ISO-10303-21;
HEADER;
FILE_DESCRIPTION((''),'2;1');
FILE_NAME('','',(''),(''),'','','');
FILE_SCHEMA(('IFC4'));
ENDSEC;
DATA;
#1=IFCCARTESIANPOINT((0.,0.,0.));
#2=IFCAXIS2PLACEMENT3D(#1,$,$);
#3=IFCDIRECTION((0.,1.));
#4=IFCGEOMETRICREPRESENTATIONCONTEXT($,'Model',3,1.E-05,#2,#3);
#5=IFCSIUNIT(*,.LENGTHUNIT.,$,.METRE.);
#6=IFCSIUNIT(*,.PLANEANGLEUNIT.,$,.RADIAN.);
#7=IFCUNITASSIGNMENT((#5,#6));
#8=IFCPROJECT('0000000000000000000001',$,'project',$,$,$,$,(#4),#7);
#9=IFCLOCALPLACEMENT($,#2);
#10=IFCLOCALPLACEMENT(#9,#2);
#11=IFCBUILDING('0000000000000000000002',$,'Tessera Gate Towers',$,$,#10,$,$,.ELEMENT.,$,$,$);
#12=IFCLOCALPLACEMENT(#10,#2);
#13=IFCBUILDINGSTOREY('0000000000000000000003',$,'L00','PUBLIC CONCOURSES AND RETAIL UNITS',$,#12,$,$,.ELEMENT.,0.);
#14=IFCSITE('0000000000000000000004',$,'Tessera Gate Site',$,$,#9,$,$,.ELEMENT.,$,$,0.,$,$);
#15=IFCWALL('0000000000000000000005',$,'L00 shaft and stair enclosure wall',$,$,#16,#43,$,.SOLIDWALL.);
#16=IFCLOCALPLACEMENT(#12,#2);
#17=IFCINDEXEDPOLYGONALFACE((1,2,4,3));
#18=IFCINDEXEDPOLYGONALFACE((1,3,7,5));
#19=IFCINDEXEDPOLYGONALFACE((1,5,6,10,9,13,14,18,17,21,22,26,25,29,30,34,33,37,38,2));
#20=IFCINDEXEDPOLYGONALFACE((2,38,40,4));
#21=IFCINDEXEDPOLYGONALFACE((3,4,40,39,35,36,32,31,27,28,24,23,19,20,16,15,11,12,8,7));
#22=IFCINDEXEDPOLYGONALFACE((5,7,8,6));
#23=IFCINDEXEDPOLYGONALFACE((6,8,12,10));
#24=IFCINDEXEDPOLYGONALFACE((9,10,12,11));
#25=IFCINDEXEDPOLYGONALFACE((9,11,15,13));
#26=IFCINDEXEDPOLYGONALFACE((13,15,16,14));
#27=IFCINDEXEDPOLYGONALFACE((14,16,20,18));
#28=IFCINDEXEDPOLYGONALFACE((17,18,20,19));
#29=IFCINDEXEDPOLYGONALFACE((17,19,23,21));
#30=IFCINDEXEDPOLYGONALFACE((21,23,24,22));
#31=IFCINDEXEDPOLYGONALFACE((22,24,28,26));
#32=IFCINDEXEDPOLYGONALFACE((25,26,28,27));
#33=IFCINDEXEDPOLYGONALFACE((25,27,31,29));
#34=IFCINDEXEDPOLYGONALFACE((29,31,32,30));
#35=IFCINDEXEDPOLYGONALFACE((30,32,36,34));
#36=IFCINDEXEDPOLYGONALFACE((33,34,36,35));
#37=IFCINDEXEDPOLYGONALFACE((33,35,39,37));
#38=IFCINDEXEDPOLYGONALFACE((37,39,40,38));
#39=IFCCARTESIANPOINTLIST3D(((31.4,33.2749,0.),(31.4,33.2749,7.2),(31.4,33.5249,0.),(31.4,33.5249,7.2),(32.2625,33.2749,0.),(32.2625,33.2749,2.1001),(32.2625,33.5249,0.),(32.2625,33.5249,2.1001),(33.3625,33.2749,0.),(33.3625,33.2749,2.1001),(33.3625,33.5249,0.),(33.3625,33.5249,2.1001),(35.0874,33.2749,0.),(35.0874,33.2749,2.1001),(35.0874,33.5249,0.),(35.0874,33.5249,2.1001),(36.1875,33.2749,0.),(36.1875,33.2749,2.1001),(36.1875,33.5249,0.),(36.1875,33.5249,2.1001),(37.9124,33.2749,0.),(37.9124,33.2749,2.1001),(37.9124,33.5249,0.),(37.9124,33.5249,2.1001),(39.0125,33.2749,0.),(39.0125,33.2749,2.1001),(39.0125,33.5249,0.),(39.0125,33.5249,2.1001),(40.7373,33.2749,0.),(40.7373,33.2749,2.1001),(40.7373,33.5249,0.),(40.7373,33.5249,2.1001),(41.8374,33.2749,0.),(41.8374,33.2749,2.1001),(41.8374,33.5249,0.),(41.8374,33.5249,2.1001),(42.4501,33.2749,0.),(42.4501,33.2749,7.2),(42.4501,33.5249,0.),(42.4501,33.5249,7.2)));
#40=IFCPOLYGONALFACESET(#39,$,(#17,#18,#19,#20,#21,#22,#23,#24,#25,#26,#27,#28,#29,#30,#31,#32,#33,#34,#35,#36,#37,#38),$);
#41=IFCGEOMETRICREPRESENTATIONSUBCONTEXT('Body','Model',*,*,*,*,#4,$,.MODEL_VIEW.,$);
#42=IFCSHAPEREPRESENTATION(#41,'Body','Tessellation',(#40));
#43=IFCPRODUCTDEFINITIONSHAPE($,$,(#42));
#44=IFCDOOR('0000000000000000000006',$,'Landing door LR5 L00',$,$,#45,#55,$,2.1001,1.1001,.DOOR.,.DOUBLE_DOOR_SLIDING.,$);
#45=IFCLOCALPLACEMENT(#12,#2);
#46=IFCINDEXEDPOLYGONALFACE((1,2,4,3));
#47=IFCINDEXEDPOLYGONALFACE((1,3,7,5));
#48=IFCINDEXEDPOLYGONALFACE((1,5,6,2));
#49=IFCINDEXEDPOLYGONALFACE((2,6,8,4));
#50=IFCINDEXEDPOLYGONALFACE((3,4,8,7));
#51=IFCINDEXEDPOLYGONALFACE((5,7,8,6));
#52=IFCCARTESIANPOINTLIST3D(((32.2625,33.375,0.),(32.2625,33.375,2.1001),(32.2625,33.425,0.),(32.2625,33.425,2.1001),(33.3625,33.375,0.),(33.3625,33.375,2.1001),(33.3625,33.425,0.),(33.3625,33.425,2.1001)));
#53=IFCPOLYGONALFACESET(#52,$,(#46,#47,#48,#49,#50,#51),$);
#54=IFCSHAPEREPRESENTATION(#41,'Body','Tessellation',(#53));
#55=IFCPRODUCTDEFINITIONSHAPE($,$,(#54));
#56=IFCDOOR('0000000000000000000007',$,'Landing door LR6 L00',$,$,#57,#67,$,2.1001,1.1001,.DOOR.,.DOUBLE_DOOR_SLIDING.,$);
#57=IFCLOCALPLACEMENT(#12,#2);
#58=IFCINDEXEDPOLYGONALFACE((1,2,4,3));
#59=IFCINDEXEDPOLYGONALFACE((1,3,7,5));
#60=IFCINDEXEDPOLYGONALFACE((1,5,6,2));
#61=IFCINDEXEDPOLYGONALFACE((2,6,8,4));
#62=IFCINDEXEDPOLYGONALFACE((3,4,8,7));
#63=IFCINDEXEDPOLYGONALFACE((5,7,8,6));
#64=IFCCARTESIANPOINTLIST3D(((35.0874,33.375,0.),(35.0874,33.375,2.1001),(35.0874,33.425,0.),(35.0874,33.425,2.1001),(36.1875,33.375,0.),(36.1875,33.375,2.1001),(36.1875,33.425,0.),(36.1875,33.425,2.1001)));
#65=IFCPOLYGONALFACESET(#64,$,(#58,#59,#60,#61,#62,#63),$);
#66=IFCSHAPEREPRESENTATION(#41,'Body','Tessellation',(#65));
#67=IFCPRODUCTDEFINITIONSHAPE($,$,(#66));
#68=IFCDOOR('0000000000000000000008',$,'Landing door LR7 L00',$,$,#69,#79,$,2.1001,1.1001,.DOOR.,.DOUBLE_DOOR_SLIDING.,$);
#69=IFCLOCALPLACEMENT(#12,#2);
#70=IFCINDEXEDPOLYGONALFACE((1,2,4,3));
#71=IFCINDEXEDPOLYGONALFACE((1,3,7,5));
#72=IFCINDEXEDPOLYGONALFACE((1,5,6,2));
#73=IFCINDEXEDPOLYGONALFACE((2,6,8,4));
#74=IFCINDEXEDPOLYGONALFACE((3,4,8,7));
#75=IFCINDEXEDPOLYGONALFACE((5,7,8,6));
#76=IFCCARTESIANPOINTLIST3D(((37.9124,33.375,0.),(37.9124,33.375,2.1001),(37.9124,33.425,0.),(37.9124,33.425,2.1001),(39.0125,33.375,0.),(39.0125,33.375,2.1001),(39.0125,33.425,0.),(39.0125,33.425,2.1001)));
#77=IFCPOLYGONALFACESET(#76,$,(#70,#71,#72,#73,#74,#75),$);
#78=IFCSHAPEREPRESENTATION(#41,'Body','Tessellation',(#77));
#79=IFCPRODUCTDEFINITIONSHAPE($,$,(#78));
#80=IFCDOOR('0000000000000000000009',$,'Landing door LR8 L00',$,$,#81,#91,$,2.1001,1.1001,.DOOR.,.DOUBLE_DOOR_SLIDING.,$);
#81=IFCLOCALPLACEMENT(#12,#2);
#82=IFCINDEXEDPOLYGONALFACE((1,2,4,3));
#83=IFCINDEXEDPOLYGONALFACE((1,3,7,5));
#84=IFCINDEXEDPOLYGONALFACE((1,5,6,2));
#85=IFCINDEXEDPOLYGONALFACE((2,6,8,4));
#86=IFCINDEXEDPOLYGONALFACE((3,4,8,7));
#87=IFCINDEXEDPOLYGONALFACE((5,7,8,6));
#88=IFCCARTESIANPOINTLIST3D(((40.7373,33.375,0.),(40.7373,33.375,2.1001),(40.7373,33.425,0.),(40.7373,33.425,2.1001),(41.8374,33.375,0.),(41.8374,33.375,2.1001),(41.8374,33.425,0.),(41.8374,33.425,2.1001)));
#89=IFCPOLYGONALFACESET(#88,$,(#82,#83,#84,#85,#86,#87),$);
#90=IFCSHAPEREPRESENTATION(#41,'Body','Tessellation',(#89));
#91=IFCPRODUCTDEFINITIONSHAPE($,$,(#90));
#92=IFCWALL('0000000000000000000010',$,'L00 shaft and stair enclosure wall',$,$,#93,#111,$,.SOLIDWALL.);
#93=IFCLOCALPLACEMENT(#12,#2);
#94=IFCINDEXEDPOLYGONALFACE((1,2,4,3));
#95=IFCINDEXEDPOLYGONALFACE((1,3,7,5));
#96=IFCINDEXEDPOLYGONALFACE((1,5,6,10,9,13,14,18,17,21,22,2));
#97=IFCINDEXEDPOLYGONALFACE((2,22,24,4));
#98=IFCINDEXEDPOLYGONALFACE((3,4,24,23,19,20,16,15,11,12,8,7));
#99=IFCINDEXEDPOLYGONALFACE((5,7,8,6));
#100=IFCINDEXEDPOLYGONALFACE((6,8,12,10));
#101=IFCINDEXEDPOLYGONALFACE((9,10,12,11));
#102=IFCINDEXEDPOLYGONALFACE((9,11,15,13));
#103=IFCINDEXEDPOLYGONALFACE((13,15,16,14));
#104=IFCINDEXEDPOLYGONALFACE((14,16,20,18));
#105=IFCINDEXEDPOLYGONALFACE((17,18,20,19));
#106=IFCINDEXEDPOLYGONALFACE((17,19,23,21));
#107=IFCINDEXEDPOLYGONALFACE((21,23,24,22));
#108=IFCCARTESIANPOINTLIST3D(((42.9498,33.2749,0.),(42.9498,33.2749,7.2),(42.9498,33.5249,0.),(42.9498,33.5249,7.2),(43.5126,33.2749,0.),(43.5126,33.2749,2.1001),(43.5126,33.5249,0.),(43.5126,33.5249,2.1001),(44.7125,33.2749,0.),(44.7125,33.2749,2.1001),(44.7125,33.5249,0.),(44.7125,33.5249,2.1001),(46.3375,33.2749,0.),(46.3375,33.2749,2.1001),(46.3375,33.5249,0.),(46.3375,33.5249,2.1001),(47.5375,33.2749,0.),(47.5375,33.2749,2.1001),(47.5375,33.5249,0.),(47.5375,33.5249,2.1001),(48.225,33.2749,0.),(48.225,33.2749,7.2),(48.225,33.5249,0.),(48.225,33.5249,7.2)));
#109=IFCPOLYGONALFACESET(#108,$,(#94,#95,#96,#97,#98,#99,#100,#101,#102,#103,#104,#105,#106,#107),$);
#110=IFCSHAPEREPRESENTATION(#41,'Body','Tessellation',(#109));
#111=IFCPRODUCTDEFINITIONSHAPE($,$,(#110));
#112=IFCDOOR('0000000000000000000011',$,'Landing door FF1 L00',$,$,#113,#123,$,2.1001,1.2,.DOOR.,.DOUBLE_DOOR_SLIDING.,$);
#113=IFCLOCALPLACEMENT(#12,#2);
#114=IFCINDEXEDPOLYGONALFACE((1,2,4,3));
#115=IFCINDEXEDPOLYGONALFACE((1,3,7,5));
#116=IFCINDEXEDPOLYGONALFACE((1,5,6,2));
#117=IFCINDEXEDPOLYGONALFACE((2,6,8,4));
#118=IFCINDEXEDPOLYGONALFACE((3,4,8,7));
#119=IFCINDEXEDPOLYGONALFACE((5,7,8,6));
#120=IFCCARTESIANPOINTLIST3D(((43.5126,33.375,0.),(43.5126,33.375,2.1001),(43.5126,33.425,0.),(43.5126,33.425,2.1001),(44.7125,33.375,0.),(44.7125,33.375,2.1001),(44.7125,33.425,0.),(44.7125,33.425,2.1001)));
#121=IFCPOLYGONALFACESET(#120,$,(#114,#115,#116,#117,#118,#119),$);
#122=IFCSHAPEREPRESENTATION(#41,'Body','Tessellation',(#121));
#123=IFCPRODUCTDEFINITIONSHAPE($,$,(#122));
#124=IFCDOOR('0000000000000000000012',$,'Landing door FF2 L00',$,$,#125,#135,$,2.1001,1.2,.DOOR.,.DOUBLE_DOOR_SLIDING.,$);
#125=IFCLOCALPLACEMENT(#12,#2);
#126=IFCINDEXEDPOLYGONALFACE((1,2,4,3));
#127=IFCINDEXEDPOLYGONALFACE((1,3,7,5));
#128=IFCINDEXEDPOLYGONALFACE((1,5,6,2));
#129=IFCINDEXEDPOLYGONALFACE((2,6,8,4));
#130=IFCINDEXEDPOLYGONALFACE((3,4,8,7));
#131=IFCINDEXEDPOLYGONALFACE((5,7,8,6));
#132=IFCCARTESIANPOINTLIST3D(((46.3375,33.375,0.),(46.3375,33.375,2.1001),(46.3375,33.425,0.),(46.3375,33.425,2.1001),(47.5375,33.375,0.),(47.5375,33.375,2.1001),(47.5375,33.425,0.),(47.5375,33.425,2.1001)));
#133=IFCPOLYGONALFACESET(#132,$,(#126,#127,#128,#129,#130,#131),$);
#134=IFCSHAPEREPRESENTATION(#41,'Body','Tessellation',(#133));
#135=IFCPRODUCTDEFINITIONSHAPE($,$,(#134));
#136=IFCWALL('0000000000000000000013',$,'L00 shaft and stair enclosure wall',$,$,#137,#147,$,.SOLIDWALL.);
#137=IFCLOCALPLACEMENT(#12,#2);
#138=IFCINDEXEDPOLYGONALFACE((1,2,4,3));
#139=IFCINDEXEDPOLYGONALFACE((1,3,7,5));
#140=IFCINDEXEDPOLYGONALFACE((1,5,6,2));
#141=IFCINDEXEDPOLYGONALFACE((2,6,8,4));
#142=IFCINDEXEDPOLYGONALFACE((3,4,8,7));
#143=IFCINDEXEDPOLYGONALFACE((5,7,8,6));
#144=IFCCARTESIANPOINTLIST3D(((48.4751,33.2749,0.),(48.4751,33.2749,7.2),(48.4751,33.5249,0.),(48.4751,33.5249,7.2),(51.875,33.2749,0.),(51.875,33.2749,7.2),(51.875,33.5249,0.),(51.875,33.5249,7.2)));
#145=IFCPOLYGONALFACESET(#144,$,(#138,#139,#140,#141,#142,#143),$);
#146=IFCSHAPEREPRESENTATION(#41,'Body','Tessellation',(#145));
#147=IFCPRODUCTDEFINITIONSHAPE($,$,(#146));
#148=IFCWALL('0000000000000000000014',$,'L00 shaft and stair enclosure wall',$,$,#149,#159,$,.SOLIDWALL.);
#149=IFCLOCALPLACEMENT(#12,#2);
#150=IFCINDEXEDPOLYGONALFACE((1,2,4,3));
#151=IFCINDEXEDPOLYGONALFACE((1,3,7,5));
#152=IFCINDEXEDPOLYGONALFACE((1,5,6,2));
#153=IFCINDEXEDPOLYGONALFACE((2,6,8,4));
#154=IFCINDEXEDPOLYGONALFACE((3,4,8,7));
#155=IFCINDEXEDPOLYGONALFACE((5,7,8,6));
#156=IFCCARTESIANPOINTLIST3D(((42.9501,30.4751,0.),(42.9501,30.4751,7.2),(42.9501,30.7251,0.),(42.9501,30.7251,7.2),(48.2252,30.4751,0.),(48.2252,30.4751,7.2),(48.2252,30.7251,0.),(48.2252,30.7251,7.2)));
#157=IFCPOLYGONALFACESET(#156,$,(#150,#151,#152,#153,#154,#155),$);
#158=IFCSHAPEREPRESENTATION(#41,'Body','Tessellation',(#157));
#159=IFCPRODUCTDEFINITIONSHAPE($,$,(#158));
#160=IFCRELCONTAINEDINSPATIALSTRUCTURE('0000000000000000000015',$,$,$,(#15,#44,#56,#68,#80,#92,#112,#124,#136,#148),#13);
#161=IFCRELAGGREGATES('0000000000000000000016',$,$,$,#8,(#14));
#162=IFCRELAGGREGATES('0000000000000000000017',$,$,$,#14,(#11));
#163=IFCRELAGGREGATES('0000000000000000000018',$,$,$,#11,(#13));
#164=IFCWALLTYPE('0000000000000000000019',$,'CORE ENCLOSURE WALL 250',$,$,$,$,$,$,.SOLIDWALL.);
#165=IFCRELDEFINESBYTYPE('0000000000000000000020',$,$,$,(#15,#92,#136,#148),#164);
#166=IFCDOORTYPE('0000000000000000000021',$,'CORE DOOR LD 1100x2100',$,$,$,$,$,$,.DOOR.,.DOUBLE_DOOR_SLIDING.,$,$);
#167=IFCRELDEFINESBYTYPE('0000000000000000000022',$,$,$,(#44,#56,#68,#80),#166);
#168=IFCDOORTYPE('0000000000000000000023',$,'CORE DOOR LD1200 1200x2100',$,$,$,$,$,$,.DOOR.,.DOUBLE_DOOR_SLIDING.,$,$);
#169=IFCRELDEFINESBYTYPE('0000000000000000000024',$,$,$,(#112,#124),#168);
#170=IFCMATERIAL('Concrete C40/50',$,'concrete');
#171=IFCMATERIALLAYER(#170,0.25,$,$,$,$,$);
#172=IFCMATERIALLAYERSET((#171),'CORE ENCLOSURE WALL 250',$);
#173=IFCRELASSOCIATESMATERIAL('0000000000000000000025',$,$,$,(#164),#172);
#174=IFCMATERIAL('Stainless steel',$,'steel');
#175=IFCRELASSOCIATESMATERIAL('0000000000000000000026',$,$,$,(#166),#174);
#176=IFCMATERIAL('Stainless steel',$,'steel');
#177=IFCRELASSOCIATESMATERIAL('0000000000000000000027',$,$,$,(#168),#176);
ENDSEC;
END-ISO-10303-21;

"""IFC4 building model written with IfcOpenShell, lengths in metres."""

from ifc_helpers import new_model, si_unit, direction, frame, frame_2d, origin, place, context, subcontext, project, spatial, rectangle, extrude, source, transform, mapped, material, layer, layer_set, type_object, element, fill, save


model = new_model("IFC4")

# Units and contexts
model_context = context("Model", 3, precision=1e-05, world=origin(), true_north=direction((0.0, 1.0)))
body_context = subcontext(model_context, "Body", "Model", "MODEL_VIEW")
ifc_project = project(units=[si_unit("LENGTHUNIT", "METRE"), si_unit("PLANEANGLEUNIT", "RADIAN")], contexts=[model_context])

# Site, building, storey
site_placement = place(None, origin())
site = spatial("IfcSite", under=ifc_project, at=site_placement, Name="Tessera Gate Site", CompositionType="ELEMENT", RefElevation=0.0)
building_placement = place(site_placement, origin())
building = spatial("IfcBuilding", under=site, at=building_placement, Name="Tessera Gate Towers", CompositionType="ELEMENT")
storey_placement = place(building_placement, origin())
storey = spatial("IfcBuildingStorey", under=building, at=storey_placement, Name="L00", Description="PUBLIC CONCOURSES AND RETAIL UNITS", CompositionType="ELEMENT", Elevation=0.0)

# Walls, openings, doors
ifc_material_1 = material(Name="Concrete C40/50", Category="concrete")
ifc_layer = layer(ifc_material_1, 0.25)
ifc_layer_set = layer_set([ifc_layer], Name="CORE ENCLOSURE WALL 250")
wall_type = type_object("IfcWallType", Name="CORE ENCLOSURE WALL 250", PredefinedType="SOLIDWALL", material=ifc_layer_set)
wall_1_placement = place(storey_placement, frame((42.45, 33.3999, 0.0), z_axis=(0.0, 0.0, 1.0), x_axis=(-1.0, 0.0, 0.0)))
wall_1 = element("IfcWall", 1, at=wall_1_placement, inside=storey, type_object=wall_type, Name="L00 shaft and stair enclosure wall", PredefinedType="SOLIDWALL", context=body_context, shape_type="SweptSolid", body=[
    extrude(rectangle(XDim=11.05, YDim=0.25, at=frame_2d((5.5249, 0.0))), origin(), (0.0, 0.0, 1.0), 7.2),
])
shared_shape_1 = source(origin(), body_context, "Body", "SweptSolid", [
    extrude(rectangle(XDim=1.1001, YDim=2.1001, at=frame_2d((0.55, 1.05))), frame((0.0, 0.135, 0.0), z_axis=(0.0, -1.0, 0.0), x_axis=(1.0, 0.0, 0.0)), (0.0, 0.0, 1.0), 0.27),
])
opening_1_placement = place(wall_1_placement, frame((9.0874, 0.0, 0.0)))
opening_1 = element("IfcOpeningElement", 2, at=opening_1_placement, cuts=wall_1, PredefinedType="OPENING", context=body_context, shape_type="MappedRepresentation", body=[
    mapped(shared_shape_1, transform((0.0, 0.0, 0.0), scale=1.0)),
])
opening_2_placement = place(wall_1_placement, frame((6.2625, 0.0, 0.0)))
opening_2 = element("IfcOpeningElement", 3, at=opening_2_placement, cuts=wall_1, PredefinedType="OPENING", context=body_context, shape_type="MappedRepresentation", body=[
    mapped(shared_shape_1, transform((0.0, 0.0, 0.0), scale=1.0)),
])
opening_3_placement = place(wall_1_placement, frame((3.4375, 0.0, 0.0)))
opening_3 = element("IfcOpeningElement", 4, at=opening_3_placement, cuts=wall_1, PredefinedType="OPENING", context=body_context, shape_type="MappedRepresentation", body=[
    mapped(shared_shape_1, transform((0.0, 0.0, 0.0), scale=1.0)),
])
opening_4_placement = place(wall_1_placement, frame((0.6125, 0.0, 0.0)))
opening_4 = element("IfcOpeningElement", 5, at=opening_4_placement, cuts=wall_1, PredefinedType="OPENING", context=body_context, shape_type="MappedRepresentation", body=[
    mapped(shared_shape_1, transform((0.0, 0.0, 0.0), scale=1.0)),
])
ifc_material_2 = material(Name="Stainless steel", Category="steel")
door_type_1 = type_object("IfcDoorType", Name="CORE DOOR LD 1100x2100", OperationType="DOUBLE_DOOR_SLIDING", PredefinedType="DOOR", material=ifc_material_2)
shared_shape_2 = source(origin(), body_context, "Body", "SweptSolid", [
    extrude(rectangle(XDim=1.1001, YDim=2.1001, at=frame_2d((0.55, 1.05))), frame((0.0, 0.0249, 0.0), z_axis=(0.0, -1.0, 0.0), x_axis=(1.0, 0.0, 0.0)), (0.0, 0.0, 1.0), 0.05),
])
door_1_placement = place(opening_1_placement, origin())
door_1 = element("IfcDoor", 6, at=door_1_placement, inside=storey, type_object=door_type_1, Name="Landing door LR5 L00", OperationType="DOUBLE_DOOR_SLIDING", OverallHeight=2.1001, OverallWidth=1.1001, PredefinedType="DOOR", context=body_context, shape_type="MappedRepresentation", body=[
    mapped(shared_shape_2, transform((0.0, 0.0, 0.0), scale=1.0)),
])
fill(opening_1, door_1)
door_2_placement = place(opening_2_placement, origin())
door_2 = element("IfcDoor", 7, at=door_2_placement, inside=storey, type_object=door_type_1, Name="Landing door LR6 L00", OperationType="DOUBLE_DOOR_SLIDING", OverallHeight=2.1001, OverallWidth=1.1001, PredefinedType="DOOR", context=body_context, shape_type="MappedRepresentation", body=[
    mapped(shared_shape_2, transform((0.0, 0.0, 0.0), scale=1.0)),
])
fill(opening_2, door_2)
door_3_placement = place(opening_3_placement, origin())
door_3 = element("IfcDoor", 8, at=door_3_placement, inside=storey, type_object=door_type_1, Name="Landing door LR7 L00", OperationType="DOUBLE_DOOR_SLIDING", OverallHeight=2.1001, OverallWidth=1.1001, PredefinedType="DOOR", context=body_context, shape_type="MappedRepresentation", body=[
    mapped(shared_shape_2, transform((0.0, 0.0, 0.0), scale=1.0)),
])
fill(opening_3, door_3)
door_4_placement = place(opening_4_placement, origin())
door_4 = element("IfcDoor", 9, at=door_4_placement, inside=storey, type_object=door_type_1, Name="Landing door LR8 L00", OperationType="DOUBLE_DOOR_SLIDING", OverallHeight=2.1001, OverallWidth=1.1001, PredefinedType="DOOR", context=body_context, shape_type="MappedRepresentation", body=[
    mapped(shared_shape_2, transform((0.0, 0.0, 0.0), scale=1.0)),
])
fill(opening_4, door_4)
wall_2_placement = place(storey_placement, frame((48.2251, 33.3999, 0.0), z_axis=(0.0, 0.0, 1.0), x_axis=(-1.0, 0.0, 0.0)))
wall_2 = element("IfcWall", 10, at=wall_2_placement, inside=storey, type_object=wall_type, Name="L00 shaft and stair enclosure wall", PredefinedType="SOLIDWALL", context=body_context, shape_type="SweptSolid", body=[
    extrude(rectangle(XDim=5.2751, YDim=0.25, at=frame_2d((2.6377, 0.0))), origin(), (0.0, 0.0, 1.0), 7.2),
])
shared_shape_3 = source(origin(), body_context, "Body", "SweptSolid", [
    extrude(rectangle(XDim=1.2, YDim=2.1001, at=frame_2d((0.6001, 1.05))), frame((0.0, 0.135, 0.0), z_axis=(0.0, -1.0, 0.0), x_axis=(1.0, 0.0, 0.0)), (0.0, 0.0, 1.0), 0.27),
])
opening_5_placement = place(wall_2_placement, frame((3.5125, 0.0, 0.0)))
opening_5 = element("IfcOpeningElement", 11, at=opening_5_placement, cuts=wall_2, PredefinedType="OPENING", context=body_context, shape_type="MappedRepresentation", body=[
    mapped(shared_shape_3, transform((0.0, 0.0, 0.0), scale=1.0)),
])
opening_6_placement = place(wall_2_placement, frame((0.6875, 0.0, 0.0)))
opening_6 = element("IfcOpeningElement", 12, at=opening_6_placement, cuts=wall_2, PredefinedType="OPENING", context=body_context, shape_type="MappedRepresentation", body=[
    mapped(shared_shape_3, transform((0.0, 0.0, 0.0), scale=1.0)),
])
ifc_material_3 = material(Name="Stainless steel", Category="steel")
door_type_2 = type_object("IfcDoorType", Name="CORE DOOR LD1200 1200x2100", OperationType="DOUBLE_DOOR_SLIDING", PredefinedType="DOOR", material=ifc_material_3)
shared_shape_4 = source(origin(), body_context, "Body", "SweptSolid", [
    extrude(rectangle(XDim=1.2, YDim=2.1001, at=frame_2d((0.6001, 1.05))), frame((0.0, 0.0249, 0.0), z_axis=(0.0, -1.0, 0.0), x_axis=(1.0, 0.0, 0.0)), (0.0, 0.0, 1.0), 0.05),
])
door_5_placement = place(opening_5_placement, origin())
door_5 = element("IfcDoor", 13, at=door_5_placement, inside=storey, type_object=door_type_2, Name="Landing door FF1 L00", OperationType="DOUBLE_DOOR_SLIDING", OverallHeight=2.1001, OverallWidth=1.2, PredefinedType="DOOR", context=body_context, shape_type="MappedRepresentation", body=[
    mapped(shared_shape_4, transform((0.0, 0.0, 0.0), scale=1.0)),
])
fill(opening_5, door_5)
door_6_placement = place(opening_6_placement, origin())
door_6 = element("IfcDoor", 14, at=door_6_placement, inside=storey, type_object=door_type_2, Name="Landing door FF2 L00", OperationType="DOUBLE_DOOR_SLIDING", OverallHeight=2.1001, OverallWidth=1.2, PredefinedType="DOOR", context=body_context, shape_type="MappedRepresentation", body=[
    mapped(shared_shape_4, transform((0.0, 0.0, 0.0), scale=1.0)),
])
fill(opening_6, door_6)

# Walls
wall_3_placement = place(storey_placement, frame((48.4751, 33.3999, 0.0), z_axis=(0.0, 0.0, 1.0), x_axis=(1.0, 0.0, 0.0)))
element("IfcWall", 15, at=wall_3_placement, inside=storey, type_object=wall_type, Name="L00 shaft and stair enclosure wall", PredefinedType="SOLIDWALL", context=body_context, shape_type="SweptSolid", body=[
    extrude(rectangle(XDim=3.3999, YDim=0.25, at=frame_2d((1.7, 0.0))), origin(), (0.0, 0.0, 1.0), 7.2),
])
wall_4_placement = place(storey_placement, frame((42.95, 30.6001, 0.0), z_axis=(0.0, 0.0, 1.0), x_axis=(1.0, 0.0, 0.0)))
element("IfcWall", 16, at=wall_4_placement, inside=storey, type_object=wall_type, Name="L00 shaft and stair enclosure wall", PredefinedType="SOLIDWALL", context=body_context, shape_type="SweptSolid", body=[
    extrude(rectangle(XDim=5.2751, YDim=0.25, at=frame_2d((2.6377, 0.0))), origin(), (0.0, 0.0, 1.0), 7.2),
])

save(model, "model.ifc")
